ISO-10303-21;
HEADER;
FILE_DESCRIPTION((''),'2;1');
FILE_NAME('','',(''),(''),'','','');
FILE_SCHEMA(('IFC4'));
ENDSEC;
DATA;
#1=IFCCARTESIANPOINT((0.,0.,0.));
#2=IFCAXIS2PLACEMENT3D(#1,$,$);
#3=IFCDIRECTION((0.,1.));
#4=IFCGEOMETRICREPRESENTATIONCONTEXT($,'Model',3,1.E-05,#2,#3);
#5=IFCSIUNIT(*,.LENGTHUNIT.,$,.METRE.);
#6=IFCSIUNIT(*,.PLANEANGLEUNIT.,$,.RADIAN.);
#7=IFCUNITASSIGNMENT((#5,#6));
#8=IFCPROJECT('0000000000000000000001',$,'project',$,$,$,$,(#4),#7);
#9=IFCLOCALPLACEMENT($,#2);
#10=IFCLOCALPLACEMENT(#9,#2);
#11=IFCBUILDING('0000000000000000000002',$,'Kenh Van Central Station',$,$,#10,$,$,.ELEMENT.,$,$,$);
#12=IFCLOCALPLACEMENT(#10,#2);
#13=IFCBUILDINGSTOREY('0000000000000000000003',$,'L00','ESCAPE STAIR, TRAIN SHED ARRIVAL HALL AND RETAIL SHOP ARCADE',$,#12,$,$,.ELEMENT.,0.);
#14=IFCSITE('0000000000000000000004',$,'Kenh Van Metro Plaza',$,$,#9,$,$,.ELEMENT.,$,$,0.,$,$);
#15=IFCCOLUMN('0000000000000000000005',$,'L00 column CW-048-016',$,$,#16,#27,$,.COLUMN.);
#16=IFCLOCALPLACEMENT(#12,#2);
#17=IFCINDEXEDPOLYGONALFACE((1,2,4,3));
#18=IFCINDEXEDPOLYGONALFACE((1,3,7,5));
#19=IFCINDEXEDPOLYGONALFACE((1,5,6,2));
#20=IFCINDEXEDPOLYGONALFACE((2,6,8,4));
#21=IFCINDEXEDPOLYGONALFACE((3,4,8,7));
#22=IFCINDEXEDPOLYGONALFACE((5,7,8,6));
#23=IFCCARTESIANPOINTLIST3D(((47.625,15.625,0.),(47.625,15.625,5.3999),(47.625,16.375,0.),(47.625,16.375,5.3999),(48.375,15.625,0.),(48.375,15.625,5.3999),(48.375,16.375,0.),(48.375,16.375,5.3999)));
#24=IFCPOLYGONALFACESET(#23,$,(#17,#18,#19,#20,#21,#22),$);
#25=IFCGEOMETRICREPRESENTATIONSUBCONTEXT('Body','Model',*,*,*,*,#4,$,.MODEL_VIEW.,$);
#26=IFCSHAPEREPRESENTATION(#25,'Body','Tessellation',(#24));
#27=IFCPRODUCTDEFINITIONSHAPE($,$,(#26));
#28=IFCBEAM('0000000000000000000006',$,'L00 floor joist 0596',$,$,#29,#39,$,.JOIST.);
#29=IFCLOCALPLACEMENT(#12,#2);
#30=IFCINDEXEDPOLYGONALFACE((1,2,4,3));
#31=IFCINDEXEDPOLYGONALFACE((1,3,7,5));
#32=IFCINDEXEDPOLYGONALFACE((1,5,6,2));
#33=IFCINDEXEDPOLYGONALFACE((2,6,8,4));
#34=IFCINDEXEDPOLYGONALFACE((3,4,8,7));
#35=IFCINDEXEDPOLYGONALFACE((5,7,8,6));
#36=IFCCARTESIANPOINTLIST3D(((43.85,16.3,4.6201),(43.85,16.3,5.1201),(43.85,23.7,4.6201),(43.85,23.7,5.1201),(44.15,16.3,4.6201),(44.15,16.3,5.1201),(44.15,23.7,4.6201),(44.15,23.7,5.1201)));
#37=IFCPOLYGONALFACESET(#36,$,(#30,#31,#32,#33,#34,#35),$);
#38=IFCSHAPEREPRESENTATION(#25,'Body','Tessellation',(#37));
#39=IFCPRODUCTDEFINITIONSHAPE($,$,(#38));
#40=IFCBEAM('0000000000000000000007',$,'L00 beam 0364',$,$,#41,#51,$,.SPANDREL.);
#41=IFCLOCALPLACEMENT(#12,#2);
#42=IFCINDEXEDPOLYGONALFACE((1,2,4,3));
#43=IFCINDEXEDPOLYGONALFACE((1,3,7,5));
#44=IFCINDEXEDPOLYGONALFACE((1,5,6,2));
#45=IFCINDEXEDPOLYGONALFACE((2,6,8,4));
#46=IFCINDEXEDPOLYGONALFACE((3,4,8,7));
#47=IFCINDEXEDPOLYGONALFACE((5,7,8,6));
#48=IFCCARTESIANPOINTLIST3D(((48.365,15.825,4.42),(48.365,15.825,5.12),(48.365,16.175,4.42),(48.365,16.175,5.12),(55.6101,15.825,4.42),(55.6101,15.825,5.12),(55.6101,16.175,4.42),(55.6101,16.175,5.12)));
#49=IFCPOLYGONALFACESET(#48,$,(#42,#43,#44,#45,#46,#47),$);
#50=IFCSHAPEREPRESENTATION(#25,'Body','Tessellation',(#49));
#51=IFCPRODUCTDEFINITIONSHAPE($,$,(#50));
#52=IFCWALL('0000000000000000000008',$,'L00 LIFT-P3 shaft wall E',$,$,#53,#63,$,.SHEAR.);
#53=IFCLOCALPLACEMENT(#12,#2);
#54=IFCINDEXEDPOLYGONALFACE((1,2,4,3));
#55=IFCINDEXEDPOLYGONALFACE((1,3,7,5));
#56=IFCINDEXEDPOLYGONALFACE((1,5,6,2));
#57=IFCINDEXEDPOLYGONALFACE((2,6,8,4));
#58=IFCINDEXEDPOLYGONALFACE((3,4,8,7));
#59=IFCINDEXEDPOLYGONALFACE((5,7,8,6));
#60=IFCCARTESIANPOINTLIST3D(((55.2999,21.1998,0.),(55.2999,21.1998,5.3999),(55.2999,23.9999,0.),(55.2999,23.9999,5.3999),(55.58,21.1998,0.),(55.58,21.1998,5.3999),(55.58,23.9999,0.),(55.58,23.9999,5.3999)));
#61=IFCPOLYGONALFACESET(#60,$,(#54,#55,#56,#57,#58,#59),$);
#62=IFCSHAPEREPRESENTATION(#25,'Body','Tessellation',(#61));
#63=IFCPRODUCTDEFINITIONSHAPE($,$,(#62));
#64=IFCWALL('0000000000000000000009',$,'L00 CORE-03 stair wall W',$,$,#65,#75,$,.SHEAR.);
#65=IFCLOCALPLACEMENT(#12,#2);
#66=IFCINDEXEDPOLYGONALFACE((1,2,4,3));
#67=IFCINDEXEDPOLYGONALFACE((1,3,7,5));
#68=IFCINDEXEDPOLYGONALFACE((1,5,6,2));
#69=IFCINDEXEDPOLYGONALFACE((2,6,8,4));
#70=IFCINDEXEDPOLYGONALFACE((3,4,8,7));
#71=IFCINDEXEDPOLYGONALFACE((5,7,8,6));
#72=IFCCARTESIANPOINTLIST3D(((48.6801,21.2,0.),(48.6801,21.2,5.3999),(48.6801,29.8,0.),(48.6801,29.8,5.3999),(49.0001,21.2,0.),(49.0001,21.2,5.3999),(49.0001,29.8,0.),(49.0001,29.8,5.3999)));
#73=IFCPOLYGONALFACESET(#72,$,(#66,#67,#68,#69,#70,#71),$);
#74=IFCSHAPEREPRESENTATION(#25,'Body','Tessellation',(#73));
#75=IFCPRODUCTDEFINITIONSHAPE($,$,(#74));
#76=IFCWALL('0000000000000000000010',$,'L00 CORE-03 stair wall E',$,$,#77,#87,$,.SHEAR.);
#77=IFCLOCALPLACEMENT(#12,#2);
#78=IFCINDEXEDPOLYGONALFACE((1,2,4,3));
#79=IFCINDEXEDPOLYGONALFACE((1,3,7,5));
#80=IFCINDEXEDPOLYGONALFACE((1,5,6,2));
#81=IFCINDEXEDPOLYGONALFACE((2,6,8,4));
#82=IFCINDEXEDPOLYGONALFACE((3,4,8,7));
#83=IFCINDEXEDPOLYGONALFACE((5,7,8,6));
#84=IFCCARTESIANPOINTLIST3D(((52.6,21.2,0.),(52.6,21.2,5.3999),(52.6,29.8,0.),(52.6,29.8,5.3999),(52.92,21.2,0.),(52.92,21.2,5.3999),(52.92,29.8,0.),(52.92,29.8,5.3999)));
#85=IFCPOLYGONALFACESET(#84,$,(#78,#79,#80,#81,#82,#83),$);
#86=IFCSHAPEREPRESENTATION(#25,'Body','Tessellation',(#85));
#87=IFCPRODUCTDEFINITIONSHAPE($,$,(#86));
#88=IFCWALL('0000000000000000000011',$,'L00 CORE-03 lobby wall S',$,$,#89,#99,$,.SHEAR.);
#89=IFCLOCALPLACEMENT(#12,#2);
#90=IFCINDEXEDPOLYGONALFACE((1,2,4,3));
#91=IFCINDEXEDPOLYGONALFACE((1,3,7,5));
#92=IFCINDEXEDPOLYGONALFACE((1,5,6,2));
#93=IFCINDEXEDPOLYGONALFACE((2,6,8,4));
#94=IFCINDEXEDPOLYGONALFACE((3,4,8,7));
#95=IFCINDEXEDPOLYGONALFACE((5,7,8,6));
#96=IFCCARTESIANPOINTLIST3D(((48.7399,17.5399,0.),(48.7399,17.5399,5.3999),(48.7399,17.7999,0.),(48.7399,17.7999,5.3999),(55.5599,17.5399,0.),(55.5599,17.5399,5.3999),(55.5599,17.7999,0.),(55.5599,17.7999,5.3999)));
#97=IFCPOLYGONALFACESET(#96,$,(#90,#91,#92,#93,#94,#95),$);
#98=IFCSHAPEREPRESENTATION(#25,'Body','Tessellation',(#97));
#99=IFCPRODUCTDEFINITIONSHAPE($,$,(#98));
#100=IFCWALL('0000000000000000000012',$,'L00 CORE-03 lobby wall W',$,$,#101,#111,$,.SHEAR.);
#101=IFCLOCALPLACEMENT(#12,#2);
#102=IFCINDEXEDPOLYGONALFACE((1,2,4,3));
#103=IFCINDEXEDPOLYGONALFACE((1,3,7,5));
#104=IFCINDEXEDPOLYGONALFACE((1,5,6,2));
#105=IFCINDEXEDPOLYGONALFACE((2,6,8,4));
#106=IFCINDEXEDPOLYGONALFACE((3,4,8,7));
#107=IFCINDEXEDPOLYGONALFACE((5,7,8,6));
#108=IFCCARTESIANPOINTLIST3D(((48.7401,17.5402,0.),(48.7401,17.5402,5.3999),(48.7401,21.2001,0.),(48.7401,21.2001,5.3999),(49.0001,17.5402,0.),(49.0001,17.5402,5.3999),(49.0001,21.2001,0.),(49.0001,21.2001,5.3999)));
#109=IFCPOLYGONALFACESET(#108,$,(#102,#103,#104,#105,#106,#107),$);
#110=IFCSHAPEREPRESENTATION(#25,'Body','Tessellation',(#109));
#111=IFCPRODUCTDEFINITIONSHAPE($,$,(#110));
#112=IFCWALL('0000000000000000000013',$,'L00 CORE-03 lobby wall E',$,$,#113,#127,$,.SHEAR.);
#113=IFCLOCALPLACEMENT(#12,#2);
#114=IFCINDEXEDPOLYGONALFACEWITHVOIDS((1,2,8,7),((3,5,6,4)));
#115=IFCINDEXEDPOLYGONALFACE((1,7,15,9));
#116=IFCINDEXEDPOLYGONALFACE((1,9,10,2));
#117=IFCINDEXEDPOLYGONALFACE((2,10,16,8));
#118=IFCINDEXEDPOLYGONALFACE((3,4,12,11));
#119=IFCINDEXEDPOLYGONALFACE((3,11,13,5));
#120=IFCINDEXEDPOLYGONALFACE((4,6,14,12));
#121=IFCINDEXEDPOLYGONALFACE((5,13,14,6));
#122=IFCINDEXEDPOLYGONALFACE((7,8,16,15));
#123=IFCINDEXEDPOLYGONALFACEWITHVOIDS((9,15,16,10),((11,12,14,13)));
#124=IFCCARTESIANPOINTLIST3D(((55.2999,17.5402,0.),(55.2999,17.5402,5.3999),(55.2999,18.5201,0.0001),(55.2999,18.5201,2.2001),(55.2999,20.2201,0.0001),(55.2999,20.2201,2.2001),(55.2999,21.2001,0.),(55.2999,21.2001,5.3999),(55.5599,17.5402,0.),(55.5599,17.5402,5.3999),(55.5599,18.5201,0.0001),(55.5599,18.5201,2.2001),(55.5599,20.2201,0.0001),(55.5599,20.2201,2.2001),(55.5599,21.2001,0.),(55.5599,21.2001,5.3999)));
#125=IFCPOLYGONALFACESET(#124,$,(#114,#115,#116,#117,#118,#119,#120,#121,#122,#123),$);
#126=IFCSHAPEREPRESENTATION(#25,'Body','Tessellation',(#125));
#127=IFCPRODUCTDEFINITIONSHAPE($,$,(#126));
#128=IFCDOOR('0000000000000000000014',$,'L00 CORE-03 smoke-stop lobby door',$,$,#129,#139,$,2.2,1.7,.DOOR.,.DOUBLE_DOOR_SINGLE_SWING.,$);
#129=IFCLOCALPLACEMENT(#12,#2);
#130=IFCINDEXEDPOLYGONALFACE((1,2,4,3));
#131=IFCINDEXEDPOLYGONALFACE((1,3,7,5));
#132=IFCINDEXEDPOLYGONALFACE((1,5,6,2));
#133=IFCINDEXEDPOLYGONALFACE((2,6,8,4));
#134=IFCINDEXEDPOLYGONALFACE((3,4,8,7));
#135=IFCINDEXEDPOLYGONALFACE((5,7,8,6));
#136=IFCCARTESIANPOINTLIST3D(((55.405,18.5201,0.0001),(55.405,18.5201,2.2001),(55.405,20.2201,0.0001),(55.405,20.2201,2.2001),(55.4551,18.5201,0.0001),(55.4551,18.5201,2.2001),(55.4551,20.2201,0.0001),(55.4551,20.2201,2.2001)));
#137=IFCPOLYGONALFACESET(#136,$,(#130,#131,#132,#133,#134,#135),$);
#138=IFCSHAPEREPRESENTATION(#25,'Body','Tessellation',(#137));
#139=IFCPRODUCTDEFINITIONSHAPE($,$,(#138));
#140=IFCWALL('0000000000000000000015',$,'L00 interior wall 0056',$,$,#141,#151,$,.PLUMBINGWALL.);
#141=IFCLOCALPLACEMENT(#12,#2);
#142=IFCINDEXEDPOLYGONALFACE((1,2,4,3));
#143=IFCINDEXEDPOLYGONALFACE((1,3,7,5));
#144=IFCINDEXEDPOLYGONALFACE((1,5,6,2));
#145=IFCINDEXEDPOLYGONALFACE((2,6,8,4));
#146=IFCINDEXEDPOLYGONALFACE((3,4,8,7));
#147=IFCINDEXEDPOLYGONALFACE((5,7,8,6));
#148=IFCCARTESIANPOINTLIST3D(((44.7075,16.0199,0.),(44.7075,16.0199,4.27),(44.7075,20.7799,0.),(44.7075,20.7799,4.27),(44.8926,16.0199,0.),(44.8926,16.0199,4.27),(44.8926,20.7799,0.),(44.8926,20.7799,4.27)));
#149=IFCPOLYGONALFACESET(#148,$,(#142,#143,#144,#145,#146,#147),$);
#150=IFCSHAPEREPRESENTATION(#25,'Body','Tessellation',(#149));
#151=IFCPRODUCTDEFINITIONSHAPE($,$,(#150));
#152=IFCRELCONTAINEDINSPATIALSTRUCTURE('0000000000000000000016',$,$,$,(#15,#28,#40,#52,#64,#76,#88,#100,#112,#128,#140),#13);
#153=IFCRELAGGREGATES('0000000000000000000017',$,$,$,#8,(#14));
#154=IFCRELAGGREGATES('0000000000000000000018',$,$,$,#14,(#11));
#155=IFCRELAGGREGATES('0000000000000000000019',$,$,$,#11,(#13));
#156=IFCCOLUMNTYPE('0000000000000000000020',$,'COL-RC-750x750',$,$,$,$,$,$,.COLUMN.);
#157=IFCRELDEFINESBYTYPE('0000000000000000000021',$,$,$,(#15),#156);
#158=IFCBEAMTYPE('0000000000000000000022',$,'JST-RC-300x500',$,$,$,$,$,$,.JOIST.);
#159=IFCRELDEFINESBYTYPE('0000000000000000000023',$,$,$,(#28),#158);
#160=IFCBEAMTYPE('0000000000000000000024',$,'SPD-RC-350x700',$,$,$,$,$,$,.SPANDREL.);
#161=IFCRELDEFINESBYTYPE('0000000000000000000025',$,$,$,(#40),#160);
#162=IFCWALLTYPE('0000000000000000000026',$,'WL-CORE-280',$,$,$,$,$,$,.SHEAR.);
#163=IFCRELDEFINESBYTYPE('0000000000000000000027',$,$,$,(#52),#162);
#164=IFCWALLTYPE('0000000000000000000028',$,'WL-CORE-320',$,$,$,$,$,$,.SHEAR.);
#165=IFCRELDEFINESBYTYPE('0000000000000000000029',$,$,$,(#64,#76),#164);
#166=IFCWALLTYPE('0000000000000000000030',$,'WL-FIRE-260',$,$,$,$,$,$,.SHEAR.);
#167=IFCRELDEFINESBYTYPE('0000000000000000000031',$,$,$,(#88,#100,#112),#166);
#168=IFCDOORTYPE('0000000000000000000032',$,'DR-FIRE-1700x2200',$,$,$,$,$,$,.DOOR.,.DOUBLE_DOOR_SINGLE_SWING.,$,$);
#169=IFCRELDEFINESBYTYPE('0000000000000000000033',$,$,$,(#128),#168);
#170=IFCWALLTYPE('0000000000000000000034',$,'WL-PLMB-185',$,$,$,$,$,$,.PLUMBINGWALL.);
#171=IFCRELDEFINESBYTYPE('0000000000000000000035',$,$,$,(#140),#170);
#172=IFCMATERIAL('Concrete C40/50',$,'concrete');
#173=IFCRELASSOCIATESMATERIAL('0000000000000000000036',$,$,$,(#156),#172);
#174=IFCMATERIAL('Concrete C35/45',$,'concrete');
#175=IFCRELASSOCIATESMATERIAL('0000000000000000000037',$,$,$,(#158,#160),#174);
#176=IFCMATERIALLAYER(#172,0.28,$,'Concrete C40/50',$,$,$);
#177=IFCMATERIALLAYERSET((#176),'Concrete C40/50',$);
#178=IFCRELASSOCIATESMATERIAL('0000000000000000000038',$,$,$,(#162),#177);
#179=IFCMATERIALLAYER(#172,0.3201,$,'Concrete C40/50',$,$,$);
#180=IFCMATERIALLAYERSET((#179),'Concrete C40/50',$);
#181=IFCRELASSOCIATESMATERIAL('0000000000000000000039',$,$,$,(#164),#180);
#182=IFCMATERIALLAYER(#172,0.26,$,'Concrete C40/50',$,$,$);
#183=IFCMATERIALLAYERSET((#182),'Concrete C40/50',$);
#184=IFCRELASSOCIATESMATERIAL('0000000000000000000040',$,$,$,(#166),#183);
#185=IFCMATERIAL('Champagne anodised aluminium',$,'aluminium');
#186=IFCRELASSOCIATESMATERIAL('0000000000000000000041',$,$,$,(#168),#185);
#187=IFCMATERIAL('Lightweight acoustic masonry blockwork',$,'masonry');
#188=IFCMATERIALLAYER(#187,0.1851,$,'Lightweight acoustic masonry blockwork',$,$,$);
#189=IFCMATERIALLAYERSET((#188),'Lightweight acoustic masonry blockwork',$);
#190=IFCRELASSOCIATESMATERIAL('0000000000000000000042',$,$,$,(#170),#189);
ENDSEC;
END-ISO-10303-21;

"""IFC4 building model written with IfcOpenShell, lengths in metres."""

from ifc_helpers import new_model, si_unit, direction, frame, frame_2d, origin, origin_2d, place, context, subcontext, project, spatial, rectangle, extrude, material, layer, layer_set, material_profile, profile_set, type_object, element, fill, save


model = new_model("IFC4")

# Units and contexts
model_context = context("Model", 3, precision=1e-05, world=origin(), true_north=direction((0.0, 1.0)))
body_context = subcontext(model_context, "Body", "Model", "MODEL_VIEW")
ifc_project = project(units=[si_unit("LENGTHUNIT", "METRE"), si_unit("PLANEANGLEUNIT", "RADIAN")], contexts=[model_context])

# Site, building, storey
site_placement = place(None, origin())
site = spatial("IfcSite", under=ifc_project, at=site_placement, Name="Kenh Van Metro Plaza", CompositionType="ELEMENT", RefElevation=0.0)
building_placement = place(site_placement, origin())
building = spatial("IfcBuilding", under=site, at=building_placement, Name="Kenh Van Central Station", CompositionType="ELEMENT")
storey_placement = place(building_placement, origin())
storey = spatial("IfcBuildingStorey", under=building, at=storey_placement, Name="L00", Description="ESCAPE STAIR, TRAIN SHED ARRIVAL HALL AND RETAIL SHOP ARCADE", CompositionType="ELEMENT", Elevation=0.0)

# Column
ifc_material_1 = material(Name="Concrete C40/50", Category="concrete")
ifc_material_profile_1 = material_profile(ifc_material_1, rectangle(XDim=0.75, YDim=0.75, at=origin_2d()), Name="RC 750x750")
ifc_profile_set_1 = profile_set([ifc_material_profile_1], Name="Concrete C40/50")
column_type = type_object("IfcColumnType", Name="COL-RC-750x750", PredefinedType="COLUMN", material=ifc_profile_set_1)
column_placement = place(storey_placement, frame((48.0, 16.0, 0.0), z_axis=(0.0, 0.0, 1.0), x_axis=(1.0, 0.0, 0.0)))
element("IfcColumn", 1, at=column_placement, inside=storey, type_object=column_type, Name="L00 column CW-048-016", PredefinedType="COLUMN", context=body_context, shape_type="SweptSolid", body=[
    extrude(rectangle(XDim=0.75, YDim=0.75, at=origin_2d()), origin(), (0.0, 0.0, 1.0), 5.3999),
])

# Beams
ifc_material_2 = material(Name="Concrete C35/45", Category="concrete")
ifc_material_profile_2 = material_profile(ifc_material_2, rectangle(XDim=0.3, YDim=0.5, at=origin_2d()), Name="RC 300x500")
ifc_profile_set_2 = profile_set([ifc_material_profile_2], Name="Concrete C35/45")
beam_type_1 = type_object("IfcBeamType", Name="JST-RC-300x500", PredefinedType="JOIST", material=ifc_profile_set_2)
beam_1_placement = place(storey_placement, frame((44.0, 16.3, 4.8701), z_axis=(0.0, 1.0, 0.0), x_axis=(-1.0, 0.0, 0.0)))
element("IfcBeam", 2, at=beam_1_placement, inside=storey, type_object=beam_type_1, Name="L00 floor joist 0596", PredefinedType="JOIST", context=body_context, shape_type="SweptSolid", body=[
    extrude(rectangle(XDim=0.3, YDim=0.5, at=origin_2d()), origin(), (0.0, 0.0, 1.0), 7.3999),
])
ifc_material_profile_3 = material_profile(ifc_material_2, rectangle(XDim=0.3501, YDim=0.7, at=origin_2d()), Name="RC 350x700")
ifc_profile_set_3 = profile_set([ifc_material_profile_3], Name="Concrete C35/45")
beam_type_2 = type_object("IfcBeamType", Name="SPD-RC-350x700", PredefinedType="SPANDREL", material=ifc_profile_set_3)
beam_2_placement = place(storey_placement, frame((48.365, 16.0, 4.77), z_axis=(1.0, 0.0, 0.0), x_axis=(0.0, 1.0, 0.0)))
element("IfcBeam", 3, at=beam_2_placement, inside=storey, type_object=beam_type_2, Name="L00 beam 0364", PredefinedType="SPANDREL", context=body_context, shape_type="SweptSolid", body=[
    extrude(rectangle(XDim=0.3501, YDim=0.7, at=origin_2d()), origin(), (0.0, 0.0, 1.0), 7.2451),
])

# Shared definitions
ifc_layer_1 = layer(ifc_material_1, 0.28, Name="Concrete C40/50")
ifc_layer_set_1 = layer_set([ifc_layer_1], Name="Concrete C40/50")
wall_type_1 = type_object("IfcWallType", Name="WL-CORE-280", PredefinedType="SHEAR", material=ifc_layer_set_1)
ifc_material_3 = material(Name="Champagne anodised aluminium", Category="aluminium")

# Wall
wall_1_placement = place(storey_placement, frame((55.4399, 21.2, 0.0), z_axis=(0.0, 0.0, 1.0), x_axis=(0.0, 1.0, 0.0)))
element("IfcWall", 4, at=wall_1_placement, inside=storey, type_object=wall_type_1, Name="L00 LIFT-P3 shaft wall E", PredefinedType="SHEAR", context=body_context, shape_type="SweptSolid", body=[
    extrude(rectangle(XDim=2.8, YDim=0.28, at=frame_2d((1.3999, 0.0))), origin(), (0.0, 0.0, 1.0), 5.3999),
])

# Shared definitions
ifc_layer_2 = layer(ifc_material_1, 0.3201, Name="Concrete C40/50")
ifc_layer_set_2 = layer_set([ifc_layer_2], Name="Concrete C40/50")
wall_type_2 = type_object("IfcWallType", Name="WL-CORE-320", PredefinedType="SHEAR", material=ifc_layer_set_2)

# Walls
for number, where, z_axis, x_axis, name in (
    (5, (48.8401, 21.2, 0.0), (0.0, 0.0, 1.0), (0.0, 1.0, 0.0), "L00 CORE-03 stair wall W"),
    (6, (52.76, 21.2, 0.0), (0.0, 0.0, 1.0), (0.0, 1.0, 0.0), "L00 CORE-03 stair wall E"),
):
    element("IfcWall", number, at=place(storey_placement, frame(where, z_axis=z_axis, x_axis=x_axis)), inside=storey, type_object=wall_type_2, Name=name, PredefinedType="SHEAR", context=body_context, shape_type="SweptSolid", body=[
        extrude(rectangle(XDim=8.6001, YDim=0.3201, at=frame_2d((4.3, 0.0))), origin(), (0.0, 0.0, 1.0), 5.3999),
    ])

# Walls
ifc_layer_3 = layer(ifc_material_1, 0.26, Name="Concrete C40/50")
ifc_layer_set_3 = layer_set([ifc_layer_3], Name="Concrete C40/50")
wall_type_3 = type_object("IfcWallType", Name="WL-FIRE-260", PredefinedType="SHEAR", material=ifc_layer_set_3)
wall_2_placement = place(storey_placement, frame((55.5601, 17.6699, 0.0), z_axis=(0.0, 0.0, 1.0), x_axis=(-1.0, 0.0, 0.0)))
element("IfcWall", 7, at=wall_2_placement, inside=storey, type_object=wall_type_3, Name="L00 CORE-03 lobby wall S", PredefinedType="SHEAR", context=body_context, shape_type="SweptSolid", body=[
    extrude(rectangle(XDim=6.8201, YDim=0.26, at=frame_2d((3.4102, 0.0))), origin(), (0.0, 0.0, 1.0), 5.3999),
])
wall_3_placement = place(storey_placement, frame((48.8701, 17.54, 0.0), z_axis=(0.0, 0.0, 1.0), x_axis=(0.0, 1.0, 0.0)))
element("IfcWall", 8, at=wall_3_placement, inside=storey, type_object=wall_type_3, Name="L00 CORE-03 lobby wall W", PredefinedType="SHEAR", context=body_context, shape_type="SweptSolid", body=[
    extrude(rectangle(XDim=3.6599, YDim=0.26, at=frame_2d((1.8301, 0.0))), origin(), (0.0, 0.0, 1.0), 5.3999),
])

# Wall, opening, door
wall_4_placement = place(storey_placement, frame((55.4299, 17.54, 0.0), z_axis=(0.0, 0.0, 1.0), x_axis=(0.0, 1.0, 0.0)))
wall_4 = element("IfcWall", 9, at=wall_4_placement, inside=storey, type_object=wall_type_3, Name="L00 CORE-03 lobby wall E", PredefinedType="SHEAR", context=body_context, shape_type="SweptSolid", body=[
    extrude(rectangle(XDim=3.6599, YDim=0.26, at=frame_2d((1.8301, 0.0))), origin(), (0.0, 0.0, 1.0), 5.3999),
])
opening_1_placement = place(wall_4_placement, frame((0.98, 0.0, 0.0)))
opening_1 = element("IfcOpeningElement", 10, at=opening_1_placement, cuts=wall_4, PredefinedType="OPENING", context=body_context, shape_type="SweptSolid", body=[
    extrude(rectangle(XDim=1.7, YDim=2.2, at=frame_2d((0.8501, 1.1001))), frame((0.0, 0.1399, 0.0), z_axis=(0.0, -1.0, 0.0), x_axis=(1.0, 0.0, 0.0)), (0.0, 0.0, 1.0), 0.28),
])
door_type_1 = type_object("IfcDoorType", Name="DR-FIRE-1700x2200", OperationType="DOUBLE_DOOR_SINGLE_SWING", PredefinedType="DOOR", material=ifc_material_3)
door_1_placement = place(opening_1_placement, origin())
door_1 = element("IfcDoor", 11, at=door_1_placement, inside=storey, type_object=door_type_1, Name="L00 CORE-03 smoke-stop lobby door", OperationType="DOUBLE_DOOR_SINGLE_SWING", OverallHeight=2.2, OverallWidth=1.7, PredefinedType="DOOR", context=body_context, shape_type="SweptSolid", body=[
    extrude(rectangle(XDim=1.7, YDim=2.2, at=frame_2d((0.8501, 1.1001))), frame((0.0, 0.0249, 0.0), z_axis=(0.0, -1.0, 0.0), x_axis=(1.0, 0.0, 0.0)), (0.0, 0.0, 1.0), 0.05),
])
fill(opening_1, door_1)

# Wall
ifc_material_4 = material(Name="Lightweight acoustic masonry blockwork", Category="masonry")
ifc_layer_4 = layer(ifc_material_4, 0.1851, Name="Lightweight acoustic masonry blockwork")
ifc_layer_set_4 = layer_set([ifc_layer_4], Name="Lightweight acoustic masonry blockwork")
wall_type_4 = type_object("IfcWallType", Name="WL-PLMB-185", PredefinedType="PLUMBINGWALL", material=ifc_layer_set_4)
wall_5_placement = place(storey_placement, frame((44.8, 16.02, 0.0), z_axis=(0.0, 0.0, 1.0), x_axis=(0.0, 1.0, 0.0)))
element("IfcWall", 12, at=wall_5_placement, inside=storey, type_object=wall_type_4, Name="L00 interior wall 0056", PredefinedType="PLUMBINGWALL", context=body_context, shape_type="SweptSolid", body=[
    extrude(rectangle(XDim=4.76, YDim=0.1851, at=frame_2d((2.3799, 0.0))), origin(), (0.0, 0.0, 1.0), 4.27),
])

save(model, "model.ifc")
